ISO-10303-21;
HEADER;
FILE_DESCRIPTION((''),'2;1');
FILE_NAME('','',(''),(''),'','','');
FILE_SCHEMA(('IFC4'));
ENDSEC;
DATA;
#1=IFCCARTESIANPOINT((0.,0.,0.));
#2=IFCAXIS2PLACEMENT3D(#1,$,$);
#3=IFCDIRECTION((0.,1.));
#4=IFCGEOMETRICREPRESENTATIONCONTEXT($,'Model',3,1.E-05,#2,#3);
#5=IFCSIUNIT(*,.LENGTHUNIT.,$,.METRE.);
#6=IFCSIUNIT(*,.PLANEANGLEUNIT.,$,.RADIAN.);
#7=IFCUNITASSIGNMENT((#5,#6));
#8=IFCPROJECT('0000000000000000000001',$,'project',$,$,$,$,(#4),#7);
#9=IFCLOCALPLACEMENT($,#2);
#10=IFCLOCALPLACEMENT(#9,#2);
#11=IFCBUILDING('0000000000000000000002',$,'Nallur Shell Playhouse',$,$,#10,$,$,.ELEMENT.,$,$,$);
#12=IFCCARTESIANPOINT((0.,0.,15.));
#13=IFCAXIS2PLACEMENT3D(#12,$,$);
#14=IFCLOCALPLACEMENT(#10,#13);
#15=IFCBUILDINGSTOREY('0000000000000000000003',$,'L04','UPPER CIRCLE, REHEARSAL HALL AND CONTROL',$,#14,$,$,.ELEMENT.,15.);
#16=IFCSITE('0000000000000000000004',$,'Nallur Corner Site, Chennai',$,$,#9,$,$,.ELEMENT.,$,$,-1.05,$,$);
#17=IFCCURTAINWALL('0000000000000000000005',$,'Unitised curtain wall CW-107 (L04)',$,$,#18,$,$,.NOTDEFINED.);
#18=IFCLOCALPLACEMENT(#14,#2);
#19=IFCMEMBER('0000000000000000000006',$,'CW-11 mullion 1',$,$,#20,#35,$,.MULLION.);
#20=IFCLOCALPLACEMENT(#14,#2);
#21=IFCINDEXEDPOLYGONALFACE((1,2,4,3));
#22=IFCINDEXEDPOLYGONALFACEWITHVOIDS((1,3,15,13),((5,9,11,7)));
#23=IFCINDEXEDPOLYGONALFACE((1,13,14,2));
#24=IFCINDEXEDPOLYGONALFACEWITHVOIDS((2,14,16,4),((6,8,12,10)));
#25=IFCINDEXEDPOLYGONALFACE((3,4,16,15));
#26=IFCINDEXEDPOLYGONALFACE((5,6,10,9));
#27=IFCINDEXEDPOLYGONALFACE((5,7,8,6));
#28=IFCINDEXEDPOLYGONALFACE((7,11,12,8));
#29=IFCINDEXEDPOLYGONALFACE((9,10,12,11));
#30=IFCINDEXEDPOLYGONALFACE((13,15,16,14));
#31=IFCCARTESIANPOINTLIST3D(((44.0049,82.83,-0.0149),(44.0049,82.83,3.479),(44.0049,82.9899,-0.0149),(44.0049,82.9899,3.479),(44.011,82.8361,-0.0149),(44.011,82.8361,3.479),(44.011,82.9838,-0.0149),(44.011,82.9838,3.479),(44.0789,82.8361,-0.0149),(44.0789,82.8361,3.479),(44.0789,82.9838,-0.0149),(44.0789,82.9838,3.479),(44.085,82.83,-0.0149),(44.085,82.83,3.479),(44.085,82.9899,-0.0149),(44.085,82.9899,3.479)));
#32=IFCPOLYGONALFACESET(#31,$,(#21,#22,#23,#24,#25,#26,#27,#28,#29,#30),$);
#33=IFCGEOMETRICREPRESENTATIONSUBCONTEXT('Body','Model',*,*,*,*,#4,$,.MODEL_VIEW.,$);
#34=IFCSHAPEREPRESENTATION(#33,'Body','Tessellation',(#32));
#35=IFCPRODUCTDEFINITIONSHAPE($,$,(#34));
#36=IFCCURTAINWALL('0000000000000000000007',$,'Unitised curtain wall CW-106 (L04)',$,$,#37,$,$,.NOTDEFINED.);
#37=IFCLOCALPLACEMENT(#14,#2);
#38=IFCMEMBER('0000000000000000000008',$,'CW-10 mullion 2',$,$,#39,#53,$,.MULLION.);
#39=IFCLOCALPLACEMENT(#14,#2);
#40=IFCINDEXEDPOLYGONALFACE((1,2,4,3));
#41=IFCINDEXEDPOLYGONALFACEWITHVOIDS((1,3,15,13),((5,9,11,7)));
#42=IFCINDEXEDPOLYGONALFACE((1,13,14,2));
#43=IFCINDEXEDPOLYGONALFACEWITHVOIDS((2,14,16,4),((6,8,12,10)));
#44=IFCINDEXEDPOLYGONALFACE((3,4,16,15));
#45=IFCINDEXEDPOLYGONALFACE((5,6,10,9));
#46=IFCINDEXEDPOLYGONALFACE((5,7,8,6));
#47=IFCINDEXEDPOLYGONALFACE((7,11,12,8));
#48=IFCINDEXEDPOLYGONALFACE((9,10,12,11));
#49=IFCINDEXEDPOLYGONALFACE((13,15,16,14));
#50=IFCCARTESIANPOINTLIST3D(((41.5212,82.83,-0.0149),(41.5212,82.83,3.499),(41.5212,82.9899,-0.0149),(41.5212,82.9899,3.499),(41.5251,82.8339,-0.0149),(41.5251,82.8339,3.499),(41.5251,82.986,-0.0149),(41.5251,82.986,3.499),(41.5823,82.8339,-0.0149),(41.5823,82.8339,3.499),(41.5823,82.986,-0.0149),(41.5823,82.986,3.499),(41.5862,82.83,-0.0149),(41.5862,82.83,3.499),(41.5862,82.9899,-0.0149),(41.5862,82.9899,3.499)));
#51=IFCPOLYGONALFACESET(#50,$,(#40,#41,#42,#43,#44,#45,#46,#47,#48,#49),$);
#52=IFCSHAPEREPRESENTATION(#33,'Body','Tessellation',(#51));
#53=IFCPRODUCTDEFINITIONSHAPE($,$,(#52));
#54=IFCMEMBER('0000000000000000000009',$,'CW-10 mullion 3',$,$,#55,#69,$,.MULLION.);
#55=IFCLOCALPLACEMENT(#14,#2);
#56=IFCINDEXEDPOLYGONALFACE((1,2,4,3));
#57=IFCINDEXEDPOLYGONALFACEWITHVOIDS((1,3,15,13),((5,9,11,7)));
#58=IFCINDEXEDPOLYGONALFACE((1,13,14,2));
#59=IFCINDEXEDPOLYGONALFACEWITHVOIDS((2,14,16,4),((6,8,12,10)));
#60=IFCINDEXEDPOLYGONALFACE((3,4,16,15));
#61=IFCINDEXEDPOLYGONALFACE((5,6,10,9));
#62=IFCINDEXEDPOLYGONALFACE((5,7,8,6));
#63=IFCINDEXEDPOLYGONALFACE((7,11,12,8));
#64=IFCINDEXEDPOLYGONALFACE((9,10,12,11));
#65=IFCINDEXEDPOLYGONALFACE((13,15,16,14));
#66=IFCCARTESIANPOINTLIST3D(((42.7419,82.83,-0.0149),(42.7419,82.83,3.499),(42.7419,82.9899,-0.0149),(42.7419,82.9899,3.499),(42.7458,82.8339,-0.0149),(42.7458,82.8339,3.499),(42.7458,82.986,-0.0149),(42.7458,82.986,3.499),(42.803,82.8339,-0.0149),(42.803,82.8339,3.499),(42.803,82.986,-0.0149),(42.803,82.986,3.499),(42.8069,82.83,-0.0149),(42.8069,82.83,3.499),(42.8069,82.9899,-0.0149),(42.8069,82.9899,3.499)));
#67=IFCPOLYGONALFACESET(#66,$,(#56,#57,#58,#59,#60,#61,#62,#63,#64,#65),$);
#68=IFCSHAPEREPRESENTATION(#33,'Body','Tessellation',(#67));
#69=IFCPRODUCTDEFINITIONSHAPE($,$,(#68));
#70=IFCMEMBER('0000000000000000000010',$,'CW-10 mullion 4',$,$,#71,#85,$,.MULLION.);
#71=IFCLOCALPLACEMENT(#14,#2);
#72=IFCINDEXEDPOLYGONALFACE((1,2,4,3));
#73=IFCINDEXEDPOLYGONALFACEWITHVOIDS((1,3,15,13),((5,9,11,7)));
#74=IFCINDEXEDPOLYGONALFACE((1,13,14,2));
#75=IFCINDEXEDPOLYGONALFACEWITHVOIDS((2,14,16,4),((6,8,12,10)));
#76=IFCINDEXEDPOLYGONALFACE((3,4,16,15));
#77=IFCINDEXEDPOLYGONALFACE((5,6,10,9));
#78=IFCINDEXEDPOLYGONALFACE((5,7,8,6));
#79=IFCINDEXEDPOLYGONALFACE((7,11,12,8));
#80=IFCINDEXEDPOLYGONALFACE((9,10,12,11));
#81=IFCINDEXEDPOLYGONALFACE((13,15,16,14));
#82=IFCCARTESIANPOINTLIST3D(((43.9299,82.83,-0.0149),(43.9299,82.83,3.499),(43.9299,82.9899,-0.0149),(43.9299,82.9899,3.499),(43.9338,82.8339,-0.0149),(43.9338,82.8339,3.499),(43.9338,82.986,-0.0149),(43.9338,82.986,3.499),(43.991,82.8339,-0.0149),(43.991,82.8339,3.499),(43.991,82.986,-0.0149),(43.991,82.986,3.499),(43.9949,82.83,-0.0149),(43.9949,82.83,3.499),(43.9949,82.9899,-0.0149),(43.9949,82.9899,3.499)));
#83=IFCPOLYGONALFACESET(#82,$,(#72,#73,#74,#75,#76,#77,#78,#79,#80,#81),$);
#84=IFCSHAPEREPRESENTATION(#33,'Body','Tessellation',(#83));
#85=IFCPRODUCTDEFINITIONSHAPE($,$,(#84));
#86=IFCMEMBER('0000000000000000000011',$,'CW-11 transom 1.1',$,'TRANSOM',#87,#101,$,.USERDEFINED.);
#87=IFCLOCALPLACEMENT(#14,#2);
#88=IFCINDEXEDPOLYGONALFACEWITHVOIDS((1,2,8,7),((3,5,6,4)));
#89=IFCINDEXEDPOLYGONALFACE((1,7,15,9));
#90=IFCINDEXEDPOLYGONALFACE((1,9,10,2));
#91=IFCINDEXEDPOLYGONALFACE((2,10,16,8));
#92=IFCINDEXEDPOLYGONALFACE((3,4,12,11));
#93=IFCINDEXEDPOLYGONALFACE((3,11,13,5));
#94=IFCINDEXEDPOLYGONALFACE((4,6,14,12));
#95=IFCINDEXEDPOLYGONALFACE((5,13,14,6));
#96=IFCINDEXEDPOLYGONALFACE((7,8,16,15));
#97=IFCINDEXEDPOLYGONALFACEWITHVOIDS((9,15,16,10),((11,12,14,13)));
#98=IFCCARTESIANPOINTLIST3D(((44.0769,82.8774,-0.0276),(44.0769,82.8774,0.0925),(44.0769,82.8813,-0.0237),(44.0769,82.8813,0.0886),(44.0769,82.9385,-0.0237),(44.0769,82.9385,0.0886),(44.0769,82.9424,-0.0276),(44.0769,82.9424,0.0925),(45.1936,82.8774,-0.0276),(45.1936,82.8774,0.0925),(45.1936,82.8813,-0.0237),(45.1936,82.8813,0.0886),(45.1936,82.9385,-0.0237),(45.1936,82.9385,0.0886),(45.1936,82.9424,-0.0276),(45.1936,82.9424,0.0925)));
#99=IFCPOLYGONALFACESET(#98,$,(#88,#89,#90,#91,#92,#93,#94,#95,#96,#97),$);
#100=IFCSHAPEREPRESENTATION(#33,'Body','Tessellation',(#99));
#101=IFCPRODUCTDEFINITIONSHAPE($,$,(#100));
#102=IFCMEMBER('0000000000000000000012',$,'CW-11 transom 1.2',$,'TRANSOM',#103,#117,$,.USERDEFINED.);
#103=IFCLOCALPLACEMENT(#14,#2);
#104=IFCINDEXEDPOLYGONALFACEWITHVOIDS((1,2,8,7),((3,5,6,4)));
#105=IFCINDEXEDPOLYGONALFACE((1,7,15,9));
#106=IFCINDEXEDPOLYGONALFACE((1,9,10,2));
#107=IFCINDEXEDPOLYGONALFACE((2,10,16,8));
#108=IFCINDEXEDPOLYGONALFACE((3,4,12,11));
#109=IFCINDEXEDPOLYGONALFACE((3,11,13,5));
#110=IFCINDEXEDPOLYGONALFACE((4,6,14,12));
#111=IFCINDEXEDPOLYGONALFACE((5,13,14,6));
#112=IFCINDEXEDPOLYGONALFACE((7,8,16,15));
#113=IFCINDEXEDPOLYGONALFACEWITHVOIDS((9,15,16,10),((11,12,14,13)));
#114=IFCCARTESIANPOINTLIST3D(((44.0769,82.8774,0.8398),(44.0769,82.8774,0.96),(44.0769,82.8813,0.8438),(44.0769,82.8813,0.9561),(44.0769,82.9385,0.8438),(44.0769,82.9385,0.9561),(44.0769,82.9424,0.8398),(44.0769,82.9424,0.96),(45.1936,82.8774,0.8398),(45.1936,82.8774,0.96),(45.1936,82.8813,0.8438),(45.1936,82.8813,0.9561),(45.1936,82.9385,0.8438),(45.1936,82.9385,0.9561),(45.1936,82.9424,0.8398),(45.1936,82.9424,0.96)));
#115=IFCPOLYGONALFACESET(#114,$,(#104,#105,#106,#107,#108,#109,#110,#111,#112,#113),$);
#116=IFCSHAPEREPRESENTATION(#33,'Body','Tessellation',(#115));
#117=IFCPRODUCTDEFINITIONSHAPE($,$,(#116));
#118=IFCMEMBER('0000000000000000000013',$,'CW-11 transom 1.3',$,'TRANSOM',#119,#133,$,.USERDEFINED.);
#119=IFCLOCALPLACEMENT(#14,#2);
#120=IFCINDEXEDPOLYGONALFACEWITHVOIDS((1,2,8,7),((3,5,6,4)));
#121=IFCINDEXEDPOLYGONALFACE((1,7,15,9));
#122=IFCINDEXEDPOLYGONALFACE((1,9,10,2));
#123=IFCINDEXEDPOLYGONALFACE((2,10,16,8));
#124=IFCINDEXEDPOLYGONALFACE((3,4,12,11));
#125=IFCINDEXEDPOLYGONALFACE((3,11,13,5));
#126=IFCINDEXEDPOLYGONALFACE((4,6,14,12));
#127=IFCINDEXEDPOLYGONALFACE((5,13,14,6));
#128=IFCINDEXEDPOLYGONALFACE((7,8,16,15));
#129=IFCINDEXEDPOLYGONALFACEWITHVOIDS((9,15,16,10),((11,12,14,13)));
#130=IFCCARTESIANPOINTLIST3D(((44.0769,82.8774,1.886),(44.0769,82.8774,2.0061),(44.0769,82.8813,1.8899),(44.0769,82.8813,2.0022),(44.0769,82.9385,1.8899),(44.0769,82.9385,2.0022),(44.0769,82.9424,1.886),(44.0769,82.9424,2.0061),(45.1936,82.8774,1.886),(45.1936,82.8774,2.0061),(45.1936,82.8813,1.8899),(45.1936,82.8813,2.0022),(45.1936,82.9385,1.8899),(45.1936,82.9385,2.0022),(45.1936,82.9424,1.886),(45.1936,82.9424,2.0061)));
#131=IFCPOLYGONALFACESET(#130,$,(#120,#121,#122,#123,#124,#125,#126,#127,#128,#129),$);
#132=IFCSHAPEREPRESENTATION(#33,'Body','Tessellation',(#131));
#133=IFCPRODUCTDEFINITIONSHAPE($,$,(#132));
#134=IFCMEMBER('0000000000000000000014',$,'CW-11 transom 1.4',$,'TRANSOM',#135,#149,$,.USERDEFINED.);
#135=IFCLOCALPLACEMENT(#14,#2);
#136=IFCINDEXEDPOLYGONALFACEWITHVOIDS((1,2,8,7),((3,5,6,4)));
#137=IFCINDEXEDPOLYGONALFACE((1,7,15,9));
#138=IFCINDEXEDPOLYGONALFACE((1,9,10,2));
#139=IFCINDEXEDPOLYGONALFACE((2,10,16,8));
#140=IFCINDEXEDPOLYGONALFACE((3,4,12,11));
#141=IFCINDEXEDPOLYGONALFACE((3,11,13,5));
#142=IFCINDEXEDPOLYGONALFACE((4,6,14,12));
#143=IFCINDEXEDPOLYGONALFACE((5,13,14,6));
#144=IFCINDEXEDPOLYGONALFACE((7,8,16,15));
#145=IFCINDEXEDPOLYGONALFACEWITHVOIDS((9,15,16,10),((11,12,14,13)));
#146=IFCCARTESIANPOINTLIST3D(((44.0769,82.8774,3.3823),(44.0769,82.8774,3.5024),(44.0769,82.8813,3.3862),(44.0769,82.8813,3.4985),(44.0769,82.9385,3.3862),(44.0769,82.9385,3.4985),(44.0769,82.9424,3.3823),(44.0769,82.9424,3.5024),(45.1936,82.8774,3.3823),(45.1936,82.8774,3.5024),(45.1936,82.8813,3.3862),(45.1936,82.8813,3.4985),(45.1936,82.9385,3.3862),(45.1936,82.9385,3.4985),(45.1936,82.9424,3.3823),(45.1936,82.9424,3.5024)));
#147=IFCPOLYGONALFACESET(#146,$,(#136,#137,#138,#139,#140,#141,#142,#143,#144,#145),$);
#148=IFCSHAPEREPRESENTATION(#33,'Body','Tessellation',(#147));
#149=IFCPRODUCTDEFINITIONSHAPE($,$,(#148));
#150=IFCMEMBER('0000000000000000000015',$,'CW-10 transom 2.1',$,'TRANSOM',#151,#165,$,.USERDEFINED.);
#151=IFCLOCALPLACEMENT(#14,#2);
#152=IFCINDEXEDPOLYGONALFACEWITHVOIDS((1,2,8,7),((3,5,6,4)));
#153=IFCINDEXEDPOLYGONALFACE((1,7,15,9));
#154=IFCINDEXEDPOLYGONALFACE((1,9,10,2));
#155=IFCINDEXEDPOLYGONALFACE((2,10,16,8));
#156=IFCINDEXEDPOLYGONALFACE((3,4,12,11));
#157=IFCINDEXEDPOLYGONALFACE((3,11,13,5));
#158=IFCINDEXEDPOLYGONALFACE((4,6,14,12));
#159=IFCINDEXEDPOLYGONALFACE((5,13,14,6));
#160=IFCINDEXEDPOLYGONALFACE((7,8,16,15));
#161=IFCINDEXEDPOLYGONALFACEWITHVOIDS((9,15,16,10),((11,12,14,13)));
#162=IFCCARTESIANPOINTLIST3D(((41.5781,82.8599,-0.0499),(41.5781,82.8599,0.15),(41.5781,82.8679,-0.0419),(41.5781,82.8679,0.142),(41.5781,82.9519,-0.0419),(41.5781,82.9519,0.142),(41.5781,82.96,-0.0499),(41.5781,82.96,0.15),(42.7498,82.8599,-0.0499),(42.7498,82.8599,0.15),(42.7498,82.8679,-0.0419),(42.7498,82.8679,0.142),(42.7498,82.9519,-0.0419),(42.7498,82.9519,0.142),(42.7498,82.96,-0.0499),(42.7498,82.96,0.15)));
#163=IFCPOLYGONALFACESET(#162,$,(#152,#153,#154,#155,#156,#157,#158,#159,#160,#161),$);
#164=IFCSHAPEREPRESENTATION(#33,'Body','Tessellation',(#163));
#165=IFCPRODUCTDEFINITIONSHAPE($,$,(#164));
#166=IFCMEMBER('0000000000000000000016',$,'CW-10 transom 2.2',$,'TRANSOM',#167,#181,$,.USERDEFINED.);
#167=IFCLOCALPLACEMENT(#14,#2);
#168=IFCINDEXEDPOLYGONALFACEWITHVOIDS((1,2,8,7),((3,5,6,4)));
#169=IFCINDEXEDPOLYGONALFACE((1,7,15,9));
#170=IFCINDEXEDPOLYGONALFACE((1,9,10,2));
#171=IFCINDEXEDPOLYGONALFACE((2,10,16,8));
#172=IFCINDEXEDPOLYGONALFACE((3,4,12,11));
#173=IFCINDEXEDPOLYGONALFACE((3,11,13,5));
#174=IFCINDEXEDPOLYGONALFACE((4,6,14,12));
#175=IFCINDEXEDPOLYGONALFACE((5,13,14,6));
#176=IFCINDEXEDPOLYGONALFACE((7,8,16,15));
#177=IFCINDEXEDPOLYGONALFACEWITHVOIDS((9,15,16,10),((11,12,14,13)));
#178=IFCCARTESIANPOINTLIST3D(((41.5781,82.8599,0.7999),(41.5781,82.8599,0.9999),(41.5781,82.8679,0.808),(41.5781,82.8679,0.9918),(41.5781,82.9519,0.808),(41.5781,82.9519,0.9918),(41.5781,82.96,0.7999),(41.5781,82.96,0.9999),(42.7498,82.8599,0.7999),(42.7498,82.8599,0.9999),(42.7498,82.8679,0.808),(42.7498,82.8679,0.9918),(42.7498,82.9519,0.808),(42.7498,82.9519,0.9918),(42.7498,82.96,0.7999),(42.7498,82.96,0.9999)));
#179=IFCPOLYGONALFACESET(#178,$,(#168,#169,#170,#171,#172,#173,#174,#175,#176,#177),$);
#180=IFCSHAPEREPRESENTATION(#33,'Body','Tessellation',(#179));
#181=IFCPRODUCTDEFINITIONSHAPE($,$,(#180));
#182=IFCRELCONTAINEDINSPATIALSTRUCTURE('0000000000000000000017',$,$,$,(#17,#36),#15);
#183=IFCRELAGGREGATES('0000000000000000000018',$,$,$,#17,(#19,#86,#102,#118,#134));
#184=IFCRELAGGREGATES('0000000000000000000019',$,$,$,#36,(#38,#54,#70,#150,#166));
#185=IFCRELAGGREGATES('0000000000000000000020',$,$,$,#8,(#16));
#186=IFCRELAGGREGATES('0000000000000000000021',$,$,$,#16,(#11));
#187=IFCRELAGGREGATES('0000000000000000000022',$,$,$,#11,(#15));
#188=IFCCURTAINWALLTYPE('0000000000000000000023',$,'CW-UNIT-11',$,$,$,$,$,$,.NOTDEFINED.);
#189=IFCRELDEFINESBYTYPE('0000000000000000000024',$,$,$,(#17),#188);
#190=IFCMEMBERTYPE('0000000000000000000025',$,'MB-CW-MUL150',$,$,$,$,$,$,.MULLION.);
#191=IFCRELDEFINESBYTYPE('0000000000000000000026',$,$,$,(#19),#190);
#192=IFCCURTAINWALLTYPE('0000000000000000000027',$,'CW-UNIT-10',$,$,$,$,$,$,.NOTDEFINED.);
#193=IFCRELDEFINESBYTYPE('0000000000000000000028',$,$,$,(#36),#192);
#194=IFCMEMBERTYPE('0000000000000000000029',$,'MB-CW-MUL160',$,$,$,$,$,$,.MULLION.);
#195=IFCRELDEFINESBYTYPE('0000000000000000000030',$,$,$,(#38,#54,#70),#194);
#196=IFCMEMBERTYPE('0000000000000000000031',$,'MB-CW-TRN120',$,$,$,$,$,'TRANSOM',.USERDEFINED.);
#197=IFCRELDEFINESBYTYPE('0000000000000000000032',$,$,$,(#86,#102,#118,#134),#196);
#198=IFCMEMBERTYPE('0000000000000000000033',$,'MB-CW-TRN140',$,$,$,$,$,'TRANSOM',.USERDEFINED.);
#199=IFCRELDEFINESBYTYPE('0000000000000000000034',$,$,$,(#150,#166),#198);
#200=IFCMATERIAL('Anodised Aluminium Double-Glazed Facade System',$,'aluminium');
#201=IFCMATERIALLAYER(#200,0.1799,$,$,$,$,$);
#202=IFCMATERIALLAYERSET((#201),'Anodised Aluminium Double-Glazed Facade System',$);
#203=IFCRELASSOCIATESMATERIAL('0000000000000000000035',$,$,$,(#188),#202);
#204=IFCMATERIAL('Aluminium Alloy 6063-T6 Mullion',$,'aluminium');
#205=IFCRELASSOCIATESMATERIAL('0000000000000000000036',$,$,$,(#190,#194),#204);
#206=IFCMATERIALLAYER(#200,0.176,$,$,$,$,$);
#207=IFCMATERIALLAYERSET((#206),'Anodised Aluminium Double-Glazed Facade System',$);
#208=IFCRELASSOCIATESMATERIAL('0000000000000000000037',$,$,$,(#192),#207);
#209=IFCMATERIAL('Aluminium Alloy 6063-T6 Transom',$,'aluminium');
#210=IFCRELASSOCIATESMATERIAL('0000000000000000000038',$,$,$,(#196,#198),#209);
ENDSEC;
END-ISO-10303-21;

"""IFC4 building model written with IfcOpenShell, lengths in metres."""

from ifc_helpers import new_model, si_unit, direction, frame, origin, origin_2d, place, context, subcontext, project, spatial, hollow_rectangle, extrude, material, layer, layer_set, material_profile, profile_set, type_object, element, aggregate, save


model = new_model("IFC4")

# Units and contexts
model_context = context("Model", 3, precision=1e-05, world=origin(), true_north=direction((0.0, 1.0)))
body_context = subcontext(model_context, "Body", "Model", "MODEL_VIEW")
ifc_project = project(units=[si_unit("LENGTHUNIT", "METRE"), si_unit("PLANEANGLEUNIT", "RADIAN")], contexts=[model_context])

# Site, building, storey
site_placement = place(None, origin())
site = spatial("IfcSite", under=ifc_project, at=site_placement, Name="Nallur Corner Site, Chennai", CompositionType="ELEMENT", RefElevation=-1.05)
building_placement = place(site_placement, origin())
building = spatial("IfcBuilding", under=site, at=building_placement, Name="Nallur Shell Playhouse", CompositionType="ELEMENT")
storey_placement = place(building_placement, frame((0.0, 0.0, 15.0)))
storey = spatial("IfcBuildingStorey", under=building, at=storey_placement, Name="L04", Description="UPPER CIRCLE, REHEARSAL HALL AND CONTROL", CompositionType="ELEMENT", Elevation=15.0)

# Curtain wall, member
ifc_material_1 = material(Name="Anodised Aluminium Double-Glazed Facade System", Category="aluminium")
ifc_layer_1 = layer(ifc_material_1, 0.1799)
ifc_layer_set_1 = layer_set([ifc_layer_1], Name="Anodised Aluminium Double-Glazed Facade System")
curtain_wall_type_1 = type_object("IfcCurtainWallType", Name="CW-UNIT-11", PredefinedType="NOTDEFINED", material=ifc_layer_set_1)
curtain_wall_1_placement = place(storey_placement, origin())
curtain_wall_1 = element("IfcCurtainWall", 1, at=curtain_wall_1_placement, inside=storey, type_object=curtain_wall_type_1, Name="Unitised curtain wall CW-107 (L04)", PredefinedType="NOTDEFINED")
ifc_material_2 = material(Name="Aluminium Alloy 6063-T6 Mullion", Category="aluminium")
ifc_material_profile_1 = material_profile(ifc_material_2, hollow_rectangle(XDim=0.0801, YDim=0.1599, WallThickness=0.0061, at=origin_2d()), Name="RHS 160x80x6")
ifc_profile_set_1 = profile_set([ifc_material_profile_1], Name="Aluminium Alloy 6063-T6 Mullion")
member_type_1 = type_object("IfcMemberType", Name="MB-CW-MUL150", PredefinedType="MULLION", material=ifc_profile_set_1)
member_1_placement = place(storey_placement, frame((44.0449, 82.9099, -0.0149), z_axis=(0.0, 0.0, 1.0), x_axis=(1.0, 0.0, 0.0)))
member_1 = element("IfcMember", 2, at=member_1_placement, type_object=member_type_1, Name="CW-11 mullion 1", PredefinedType="MULLION", context=body_context, shape_type="SweptSolid", body=[
    extrude(hollow_rectangle(XDim=0.0801, YDim=0.1599, WallThickness=0.0061, at=origin_2d()), origin(), (0.0, 0.0, 1.0), 3.4939),
])

# Curtain wall, members
ifc_layer_2 = layer(ifc_material_1, 0.176)
ifc_layer_set_2 = layer_set([ifc_layer_2], Name="Anodised Aluminium Double-Glazed Facade System")
curtain_wall_type_2 = type_object("IfcCurtainWallType", Name="CW-UNIT-10", PredefinedType="NOTDEFINED", material=ifc_layer_set_2)
curtain_wall_2_placement = place(storey_placement, origin())
curtain_wall_2 = element("IfcCurtainWall", 3, at=curtain_wall_2_placement, inside=storey, type_object=curtain_wall_type_2, Name="Unitised curtain wall CW-106 (L04)", PredefinedType="NOTDEFINED")
ifc_material_profile_2 = material_profile(ifc_material_2, hollow_rectangle(XDim=0.0649, YDim=0.1599, WallThickness=0.0039, at=origin_2d()), Name="ALU 65x160x4")
ifc_profile_set_2 = profile_set([ifc_material_profile_2], Name="Aluminium Alloy 6063-T6 Mullion")
member_type_2 = type_object("IfcMemberType", Name="MB-CW-MUL160", PredefinedType="MULLION", material=ifc_profile_set_2)
member_2_placement = place(storey_placement, frame((41.5537, 82.9099, -0.0149), z_axis=(0.0, 0.0, 1.0), x_axis=(1.0, 0.0, 0.0)))
member_2 = element("IfcMember", 4, at=member_2_placement, type_object=member_type_2, Name="CW-10 mullion 2", PredefinedType="MULLION", context=body_context, shape_type="SweptSolid", body=[
    extrude(hollow_rectangle(XDim=0.0649, YDim=0.1599, WallThickness=0.0039, at=origin_2d()), origin(), (0.0, 0.0, 1.0), 3.5139),
])
member_3_placement = place(storey_placement, frame((42.7744, 82.9099, -0.0149), z_axis=(0.0, 0.0, 1.0), x_axis=(1.0, 0.0, 0.0)))
member_3 = element("IfcMember", 5, at=member_3_placement, type_object=member_type_2, Name="CW-10 mullion 3", PredefinedType="MULLION", context=body_context, shape_type="SweptSolid", body=[
    extrude(hollow_rectangle(XDim=0.0649, YDim=0.1599, WallThickness=0.0039, at=origin_2d()), origin(), (0.0, 0.0, 1.0), 3.5139),
])
member_4_placement = place(storey_placement, frame((43.9624, 82.9099, -0.0149), z_axis=(0.0, 0.0, 1.0), x_axis=(1.0, 0.0, 0.0)))
member_4 = element("IfcMember", 6, at=member_4_placement, type_object=member_type_2, Name="CW-10 mullion 4", PredefinedType="MULLION", context=body_context, shape_type="SweptSolid", body=[
    extrude(hollow_rectangle(XDim=0.0649, YDim=0.1599, WallThickness=0.0039, at=origin_2d()), origin(), (0.0, 0.0, 1.0), 3.5139),
])

# Members
ifc_material_3 = material(Name="Aluminium Alloy 6063-T6 Transom", Category="aluminium")
ifc_material_profile_3 = material_profile(ifc_material_3, hollow_rectangle(XDim=0.0649, YDim=0.1201, WallThickness=0.0039, at=origin_2d()), Name="ALU 65x120x4")
ifc_profile_set_3 = profile_set([ifc_material_profile_3], Name="Aluminium Alloy 6063-T6 Transom")
member_type_3 = type_object("IfcMemberType", Name="MB-CW-TRN120", ElementType="TRANSOM", PredefinedType="USERDEFINED", material=ifc_profile_set_3)
member_5_placement = place(storey_placement, frame((44.0769, 82.9099, 0.0325), z_axis=(1.0, 0.0, 0.0), x_axis=(0.0, 1.0, 0.0)))
member_5 = element("IfcMember", 7, at=member_5_placement, type_object=member_type_3, Name="CW-11 transom 1.1", ObjectType="TRANSOM", PredefinedType="USERDEFINED", context=body_context, shape_type="SweptSolid", body=[
    extrude(hollow_rectangle(XDim=0.0649, YDim=0.1201, WallThickness=0.0039, at=origin_2d()), origin(), (0.0, 0.0, 1.0), 1.1167),
])
member_6_placement = place(storey_placement, frame((44.0769, 82.9099, 0.8999), z_axis=(1.0, 0.0, 0.0), x_axis=(0.0, 1.0, 0.0)))
member_6 = element("IfcMember", 8, at=member_6_placement, type_object=member_type_3, Name="CW-11 transom 1.2", ObjectType="TRANSOM", PredefinedType="USERDEFINED", context=body_context, shape_type="SweptSolid", body=[
    extrude(hollow_rectangle(XDim=0.0649, YDim=0.1201, WallThickness=0.0039, at=origin_2d()), origin(), (0.0, 0.0, 1.0), 1.1167),
])
member_7_placement = place(storey_placement, frame((44.0769, 82.9099, 1.946), z_axis=(1.0, 0.0, 0.0), x_axis=(0.0, 1.0, 0.0)))
member_7 = element("IfcMember", 9, at=member_7_placement, type_object=member_type_3, Name="CW-11 transom 1.3", ObjectType="TRANSOM", PredefinedType="USERDEFINED", context=body_context, shape_type="SweptSolid", body=[
    extrude(hollow_rectangle(XDim=0.0649, YDim=0.1201, WallThickness=0.0039, at=origin_2d()), origin(), (0.0, 0.0, 1.0), 1.1167),
])
member_8_placement = place(storey_placement, frame((44.0769, 82.9099, 3.4424), z_axis=(1.0, 0.0, 0.0), x_axis=(0.0, 1.0, 0.0)))
member_8 = element("IfcMember", 10, at=member_8_placement, type_object=member_type_3, Name="CW-11 transom 1.4", ObjectType="TRANSOM", PredefinedType="USERDEFINED", context=body_context, shape_type="SweptSolid", body=[
    extrude(hollow_rectangle(XDim=0.0649, YDim=0.1201, WallThickness=0.0039, at=origin_2d()), origin(), (0.0, 0.0, 1.0), 1.1167),
])
aggregate(curtain_wall_1, [member_1, member_5, member_6, member_7, member_8])
ifc_material_profile_4 = material_profile(ifc_material_3, hollow_rectangle(XDim=0.1001, YDim=0.2, WallThickness=0.0081, at=origin_2d()), Name="RHS 200x100x8")
ifc_profile_set_4 = profile_set([ifc_material_profile_4], Name="Aluminium Alloy 6063-T6 Transom")
member_type_4 = type_object("IfcMemberType", Name="MB-CW-TRN140", ElementType="TRANSOM", PredefinedType="USERDEFINED", material=ifc_profile_set_4)
member_9_placement = place(storey_placement, frame((41.5781, 82.9099, 0.05), z_axis=(1.0, 0.0, 0.0), x_axis=(0.0, 1.0, 0.0)))
member_9 = element("IfcMember", 11, at=member_9_placement, type_object=member_type_4, Name="CW-10 transom 2.1", ObjectType="TRANSOM", PredefinedType="USERDEFINED", context=body_context, shape_type="SweptSolid", body=[
    extrude(hollow_rectangle(XDim=0.1001, YDim=0.2, WallThickness=0.0081, at=origin_2d()), origin(), (0.0, 0.0, 1.0), 1.1716),
])
member_10_placement = place(storey_placement, frame((41.5781, 82.9099, 0.8999), z_axis=(1.0, 0.0, 0.0), x_axis=(0.0, 1.0, 0.0)))
member_10 = element("IfcMember", 12, at=member_10_placement, type_object=member_type_4, Name="CW-10 transom 2.2", ObjectType="TRANSOM", PredefinedType="USERDEFINED", context=body_context, shape_type="SweptSolid", body=[
    extrude(hollow_rectangle(XDim=0.1001, YDim=0.2, WallThickness=0.0081, at=origin_2d()), origin(), (0.0, 0.0, 1.0), 1.1716),
])

aggregate(curtain_wall_2, [member_2, member_3, member_4, member_9, member_10])

save(model, "model.ifc")
